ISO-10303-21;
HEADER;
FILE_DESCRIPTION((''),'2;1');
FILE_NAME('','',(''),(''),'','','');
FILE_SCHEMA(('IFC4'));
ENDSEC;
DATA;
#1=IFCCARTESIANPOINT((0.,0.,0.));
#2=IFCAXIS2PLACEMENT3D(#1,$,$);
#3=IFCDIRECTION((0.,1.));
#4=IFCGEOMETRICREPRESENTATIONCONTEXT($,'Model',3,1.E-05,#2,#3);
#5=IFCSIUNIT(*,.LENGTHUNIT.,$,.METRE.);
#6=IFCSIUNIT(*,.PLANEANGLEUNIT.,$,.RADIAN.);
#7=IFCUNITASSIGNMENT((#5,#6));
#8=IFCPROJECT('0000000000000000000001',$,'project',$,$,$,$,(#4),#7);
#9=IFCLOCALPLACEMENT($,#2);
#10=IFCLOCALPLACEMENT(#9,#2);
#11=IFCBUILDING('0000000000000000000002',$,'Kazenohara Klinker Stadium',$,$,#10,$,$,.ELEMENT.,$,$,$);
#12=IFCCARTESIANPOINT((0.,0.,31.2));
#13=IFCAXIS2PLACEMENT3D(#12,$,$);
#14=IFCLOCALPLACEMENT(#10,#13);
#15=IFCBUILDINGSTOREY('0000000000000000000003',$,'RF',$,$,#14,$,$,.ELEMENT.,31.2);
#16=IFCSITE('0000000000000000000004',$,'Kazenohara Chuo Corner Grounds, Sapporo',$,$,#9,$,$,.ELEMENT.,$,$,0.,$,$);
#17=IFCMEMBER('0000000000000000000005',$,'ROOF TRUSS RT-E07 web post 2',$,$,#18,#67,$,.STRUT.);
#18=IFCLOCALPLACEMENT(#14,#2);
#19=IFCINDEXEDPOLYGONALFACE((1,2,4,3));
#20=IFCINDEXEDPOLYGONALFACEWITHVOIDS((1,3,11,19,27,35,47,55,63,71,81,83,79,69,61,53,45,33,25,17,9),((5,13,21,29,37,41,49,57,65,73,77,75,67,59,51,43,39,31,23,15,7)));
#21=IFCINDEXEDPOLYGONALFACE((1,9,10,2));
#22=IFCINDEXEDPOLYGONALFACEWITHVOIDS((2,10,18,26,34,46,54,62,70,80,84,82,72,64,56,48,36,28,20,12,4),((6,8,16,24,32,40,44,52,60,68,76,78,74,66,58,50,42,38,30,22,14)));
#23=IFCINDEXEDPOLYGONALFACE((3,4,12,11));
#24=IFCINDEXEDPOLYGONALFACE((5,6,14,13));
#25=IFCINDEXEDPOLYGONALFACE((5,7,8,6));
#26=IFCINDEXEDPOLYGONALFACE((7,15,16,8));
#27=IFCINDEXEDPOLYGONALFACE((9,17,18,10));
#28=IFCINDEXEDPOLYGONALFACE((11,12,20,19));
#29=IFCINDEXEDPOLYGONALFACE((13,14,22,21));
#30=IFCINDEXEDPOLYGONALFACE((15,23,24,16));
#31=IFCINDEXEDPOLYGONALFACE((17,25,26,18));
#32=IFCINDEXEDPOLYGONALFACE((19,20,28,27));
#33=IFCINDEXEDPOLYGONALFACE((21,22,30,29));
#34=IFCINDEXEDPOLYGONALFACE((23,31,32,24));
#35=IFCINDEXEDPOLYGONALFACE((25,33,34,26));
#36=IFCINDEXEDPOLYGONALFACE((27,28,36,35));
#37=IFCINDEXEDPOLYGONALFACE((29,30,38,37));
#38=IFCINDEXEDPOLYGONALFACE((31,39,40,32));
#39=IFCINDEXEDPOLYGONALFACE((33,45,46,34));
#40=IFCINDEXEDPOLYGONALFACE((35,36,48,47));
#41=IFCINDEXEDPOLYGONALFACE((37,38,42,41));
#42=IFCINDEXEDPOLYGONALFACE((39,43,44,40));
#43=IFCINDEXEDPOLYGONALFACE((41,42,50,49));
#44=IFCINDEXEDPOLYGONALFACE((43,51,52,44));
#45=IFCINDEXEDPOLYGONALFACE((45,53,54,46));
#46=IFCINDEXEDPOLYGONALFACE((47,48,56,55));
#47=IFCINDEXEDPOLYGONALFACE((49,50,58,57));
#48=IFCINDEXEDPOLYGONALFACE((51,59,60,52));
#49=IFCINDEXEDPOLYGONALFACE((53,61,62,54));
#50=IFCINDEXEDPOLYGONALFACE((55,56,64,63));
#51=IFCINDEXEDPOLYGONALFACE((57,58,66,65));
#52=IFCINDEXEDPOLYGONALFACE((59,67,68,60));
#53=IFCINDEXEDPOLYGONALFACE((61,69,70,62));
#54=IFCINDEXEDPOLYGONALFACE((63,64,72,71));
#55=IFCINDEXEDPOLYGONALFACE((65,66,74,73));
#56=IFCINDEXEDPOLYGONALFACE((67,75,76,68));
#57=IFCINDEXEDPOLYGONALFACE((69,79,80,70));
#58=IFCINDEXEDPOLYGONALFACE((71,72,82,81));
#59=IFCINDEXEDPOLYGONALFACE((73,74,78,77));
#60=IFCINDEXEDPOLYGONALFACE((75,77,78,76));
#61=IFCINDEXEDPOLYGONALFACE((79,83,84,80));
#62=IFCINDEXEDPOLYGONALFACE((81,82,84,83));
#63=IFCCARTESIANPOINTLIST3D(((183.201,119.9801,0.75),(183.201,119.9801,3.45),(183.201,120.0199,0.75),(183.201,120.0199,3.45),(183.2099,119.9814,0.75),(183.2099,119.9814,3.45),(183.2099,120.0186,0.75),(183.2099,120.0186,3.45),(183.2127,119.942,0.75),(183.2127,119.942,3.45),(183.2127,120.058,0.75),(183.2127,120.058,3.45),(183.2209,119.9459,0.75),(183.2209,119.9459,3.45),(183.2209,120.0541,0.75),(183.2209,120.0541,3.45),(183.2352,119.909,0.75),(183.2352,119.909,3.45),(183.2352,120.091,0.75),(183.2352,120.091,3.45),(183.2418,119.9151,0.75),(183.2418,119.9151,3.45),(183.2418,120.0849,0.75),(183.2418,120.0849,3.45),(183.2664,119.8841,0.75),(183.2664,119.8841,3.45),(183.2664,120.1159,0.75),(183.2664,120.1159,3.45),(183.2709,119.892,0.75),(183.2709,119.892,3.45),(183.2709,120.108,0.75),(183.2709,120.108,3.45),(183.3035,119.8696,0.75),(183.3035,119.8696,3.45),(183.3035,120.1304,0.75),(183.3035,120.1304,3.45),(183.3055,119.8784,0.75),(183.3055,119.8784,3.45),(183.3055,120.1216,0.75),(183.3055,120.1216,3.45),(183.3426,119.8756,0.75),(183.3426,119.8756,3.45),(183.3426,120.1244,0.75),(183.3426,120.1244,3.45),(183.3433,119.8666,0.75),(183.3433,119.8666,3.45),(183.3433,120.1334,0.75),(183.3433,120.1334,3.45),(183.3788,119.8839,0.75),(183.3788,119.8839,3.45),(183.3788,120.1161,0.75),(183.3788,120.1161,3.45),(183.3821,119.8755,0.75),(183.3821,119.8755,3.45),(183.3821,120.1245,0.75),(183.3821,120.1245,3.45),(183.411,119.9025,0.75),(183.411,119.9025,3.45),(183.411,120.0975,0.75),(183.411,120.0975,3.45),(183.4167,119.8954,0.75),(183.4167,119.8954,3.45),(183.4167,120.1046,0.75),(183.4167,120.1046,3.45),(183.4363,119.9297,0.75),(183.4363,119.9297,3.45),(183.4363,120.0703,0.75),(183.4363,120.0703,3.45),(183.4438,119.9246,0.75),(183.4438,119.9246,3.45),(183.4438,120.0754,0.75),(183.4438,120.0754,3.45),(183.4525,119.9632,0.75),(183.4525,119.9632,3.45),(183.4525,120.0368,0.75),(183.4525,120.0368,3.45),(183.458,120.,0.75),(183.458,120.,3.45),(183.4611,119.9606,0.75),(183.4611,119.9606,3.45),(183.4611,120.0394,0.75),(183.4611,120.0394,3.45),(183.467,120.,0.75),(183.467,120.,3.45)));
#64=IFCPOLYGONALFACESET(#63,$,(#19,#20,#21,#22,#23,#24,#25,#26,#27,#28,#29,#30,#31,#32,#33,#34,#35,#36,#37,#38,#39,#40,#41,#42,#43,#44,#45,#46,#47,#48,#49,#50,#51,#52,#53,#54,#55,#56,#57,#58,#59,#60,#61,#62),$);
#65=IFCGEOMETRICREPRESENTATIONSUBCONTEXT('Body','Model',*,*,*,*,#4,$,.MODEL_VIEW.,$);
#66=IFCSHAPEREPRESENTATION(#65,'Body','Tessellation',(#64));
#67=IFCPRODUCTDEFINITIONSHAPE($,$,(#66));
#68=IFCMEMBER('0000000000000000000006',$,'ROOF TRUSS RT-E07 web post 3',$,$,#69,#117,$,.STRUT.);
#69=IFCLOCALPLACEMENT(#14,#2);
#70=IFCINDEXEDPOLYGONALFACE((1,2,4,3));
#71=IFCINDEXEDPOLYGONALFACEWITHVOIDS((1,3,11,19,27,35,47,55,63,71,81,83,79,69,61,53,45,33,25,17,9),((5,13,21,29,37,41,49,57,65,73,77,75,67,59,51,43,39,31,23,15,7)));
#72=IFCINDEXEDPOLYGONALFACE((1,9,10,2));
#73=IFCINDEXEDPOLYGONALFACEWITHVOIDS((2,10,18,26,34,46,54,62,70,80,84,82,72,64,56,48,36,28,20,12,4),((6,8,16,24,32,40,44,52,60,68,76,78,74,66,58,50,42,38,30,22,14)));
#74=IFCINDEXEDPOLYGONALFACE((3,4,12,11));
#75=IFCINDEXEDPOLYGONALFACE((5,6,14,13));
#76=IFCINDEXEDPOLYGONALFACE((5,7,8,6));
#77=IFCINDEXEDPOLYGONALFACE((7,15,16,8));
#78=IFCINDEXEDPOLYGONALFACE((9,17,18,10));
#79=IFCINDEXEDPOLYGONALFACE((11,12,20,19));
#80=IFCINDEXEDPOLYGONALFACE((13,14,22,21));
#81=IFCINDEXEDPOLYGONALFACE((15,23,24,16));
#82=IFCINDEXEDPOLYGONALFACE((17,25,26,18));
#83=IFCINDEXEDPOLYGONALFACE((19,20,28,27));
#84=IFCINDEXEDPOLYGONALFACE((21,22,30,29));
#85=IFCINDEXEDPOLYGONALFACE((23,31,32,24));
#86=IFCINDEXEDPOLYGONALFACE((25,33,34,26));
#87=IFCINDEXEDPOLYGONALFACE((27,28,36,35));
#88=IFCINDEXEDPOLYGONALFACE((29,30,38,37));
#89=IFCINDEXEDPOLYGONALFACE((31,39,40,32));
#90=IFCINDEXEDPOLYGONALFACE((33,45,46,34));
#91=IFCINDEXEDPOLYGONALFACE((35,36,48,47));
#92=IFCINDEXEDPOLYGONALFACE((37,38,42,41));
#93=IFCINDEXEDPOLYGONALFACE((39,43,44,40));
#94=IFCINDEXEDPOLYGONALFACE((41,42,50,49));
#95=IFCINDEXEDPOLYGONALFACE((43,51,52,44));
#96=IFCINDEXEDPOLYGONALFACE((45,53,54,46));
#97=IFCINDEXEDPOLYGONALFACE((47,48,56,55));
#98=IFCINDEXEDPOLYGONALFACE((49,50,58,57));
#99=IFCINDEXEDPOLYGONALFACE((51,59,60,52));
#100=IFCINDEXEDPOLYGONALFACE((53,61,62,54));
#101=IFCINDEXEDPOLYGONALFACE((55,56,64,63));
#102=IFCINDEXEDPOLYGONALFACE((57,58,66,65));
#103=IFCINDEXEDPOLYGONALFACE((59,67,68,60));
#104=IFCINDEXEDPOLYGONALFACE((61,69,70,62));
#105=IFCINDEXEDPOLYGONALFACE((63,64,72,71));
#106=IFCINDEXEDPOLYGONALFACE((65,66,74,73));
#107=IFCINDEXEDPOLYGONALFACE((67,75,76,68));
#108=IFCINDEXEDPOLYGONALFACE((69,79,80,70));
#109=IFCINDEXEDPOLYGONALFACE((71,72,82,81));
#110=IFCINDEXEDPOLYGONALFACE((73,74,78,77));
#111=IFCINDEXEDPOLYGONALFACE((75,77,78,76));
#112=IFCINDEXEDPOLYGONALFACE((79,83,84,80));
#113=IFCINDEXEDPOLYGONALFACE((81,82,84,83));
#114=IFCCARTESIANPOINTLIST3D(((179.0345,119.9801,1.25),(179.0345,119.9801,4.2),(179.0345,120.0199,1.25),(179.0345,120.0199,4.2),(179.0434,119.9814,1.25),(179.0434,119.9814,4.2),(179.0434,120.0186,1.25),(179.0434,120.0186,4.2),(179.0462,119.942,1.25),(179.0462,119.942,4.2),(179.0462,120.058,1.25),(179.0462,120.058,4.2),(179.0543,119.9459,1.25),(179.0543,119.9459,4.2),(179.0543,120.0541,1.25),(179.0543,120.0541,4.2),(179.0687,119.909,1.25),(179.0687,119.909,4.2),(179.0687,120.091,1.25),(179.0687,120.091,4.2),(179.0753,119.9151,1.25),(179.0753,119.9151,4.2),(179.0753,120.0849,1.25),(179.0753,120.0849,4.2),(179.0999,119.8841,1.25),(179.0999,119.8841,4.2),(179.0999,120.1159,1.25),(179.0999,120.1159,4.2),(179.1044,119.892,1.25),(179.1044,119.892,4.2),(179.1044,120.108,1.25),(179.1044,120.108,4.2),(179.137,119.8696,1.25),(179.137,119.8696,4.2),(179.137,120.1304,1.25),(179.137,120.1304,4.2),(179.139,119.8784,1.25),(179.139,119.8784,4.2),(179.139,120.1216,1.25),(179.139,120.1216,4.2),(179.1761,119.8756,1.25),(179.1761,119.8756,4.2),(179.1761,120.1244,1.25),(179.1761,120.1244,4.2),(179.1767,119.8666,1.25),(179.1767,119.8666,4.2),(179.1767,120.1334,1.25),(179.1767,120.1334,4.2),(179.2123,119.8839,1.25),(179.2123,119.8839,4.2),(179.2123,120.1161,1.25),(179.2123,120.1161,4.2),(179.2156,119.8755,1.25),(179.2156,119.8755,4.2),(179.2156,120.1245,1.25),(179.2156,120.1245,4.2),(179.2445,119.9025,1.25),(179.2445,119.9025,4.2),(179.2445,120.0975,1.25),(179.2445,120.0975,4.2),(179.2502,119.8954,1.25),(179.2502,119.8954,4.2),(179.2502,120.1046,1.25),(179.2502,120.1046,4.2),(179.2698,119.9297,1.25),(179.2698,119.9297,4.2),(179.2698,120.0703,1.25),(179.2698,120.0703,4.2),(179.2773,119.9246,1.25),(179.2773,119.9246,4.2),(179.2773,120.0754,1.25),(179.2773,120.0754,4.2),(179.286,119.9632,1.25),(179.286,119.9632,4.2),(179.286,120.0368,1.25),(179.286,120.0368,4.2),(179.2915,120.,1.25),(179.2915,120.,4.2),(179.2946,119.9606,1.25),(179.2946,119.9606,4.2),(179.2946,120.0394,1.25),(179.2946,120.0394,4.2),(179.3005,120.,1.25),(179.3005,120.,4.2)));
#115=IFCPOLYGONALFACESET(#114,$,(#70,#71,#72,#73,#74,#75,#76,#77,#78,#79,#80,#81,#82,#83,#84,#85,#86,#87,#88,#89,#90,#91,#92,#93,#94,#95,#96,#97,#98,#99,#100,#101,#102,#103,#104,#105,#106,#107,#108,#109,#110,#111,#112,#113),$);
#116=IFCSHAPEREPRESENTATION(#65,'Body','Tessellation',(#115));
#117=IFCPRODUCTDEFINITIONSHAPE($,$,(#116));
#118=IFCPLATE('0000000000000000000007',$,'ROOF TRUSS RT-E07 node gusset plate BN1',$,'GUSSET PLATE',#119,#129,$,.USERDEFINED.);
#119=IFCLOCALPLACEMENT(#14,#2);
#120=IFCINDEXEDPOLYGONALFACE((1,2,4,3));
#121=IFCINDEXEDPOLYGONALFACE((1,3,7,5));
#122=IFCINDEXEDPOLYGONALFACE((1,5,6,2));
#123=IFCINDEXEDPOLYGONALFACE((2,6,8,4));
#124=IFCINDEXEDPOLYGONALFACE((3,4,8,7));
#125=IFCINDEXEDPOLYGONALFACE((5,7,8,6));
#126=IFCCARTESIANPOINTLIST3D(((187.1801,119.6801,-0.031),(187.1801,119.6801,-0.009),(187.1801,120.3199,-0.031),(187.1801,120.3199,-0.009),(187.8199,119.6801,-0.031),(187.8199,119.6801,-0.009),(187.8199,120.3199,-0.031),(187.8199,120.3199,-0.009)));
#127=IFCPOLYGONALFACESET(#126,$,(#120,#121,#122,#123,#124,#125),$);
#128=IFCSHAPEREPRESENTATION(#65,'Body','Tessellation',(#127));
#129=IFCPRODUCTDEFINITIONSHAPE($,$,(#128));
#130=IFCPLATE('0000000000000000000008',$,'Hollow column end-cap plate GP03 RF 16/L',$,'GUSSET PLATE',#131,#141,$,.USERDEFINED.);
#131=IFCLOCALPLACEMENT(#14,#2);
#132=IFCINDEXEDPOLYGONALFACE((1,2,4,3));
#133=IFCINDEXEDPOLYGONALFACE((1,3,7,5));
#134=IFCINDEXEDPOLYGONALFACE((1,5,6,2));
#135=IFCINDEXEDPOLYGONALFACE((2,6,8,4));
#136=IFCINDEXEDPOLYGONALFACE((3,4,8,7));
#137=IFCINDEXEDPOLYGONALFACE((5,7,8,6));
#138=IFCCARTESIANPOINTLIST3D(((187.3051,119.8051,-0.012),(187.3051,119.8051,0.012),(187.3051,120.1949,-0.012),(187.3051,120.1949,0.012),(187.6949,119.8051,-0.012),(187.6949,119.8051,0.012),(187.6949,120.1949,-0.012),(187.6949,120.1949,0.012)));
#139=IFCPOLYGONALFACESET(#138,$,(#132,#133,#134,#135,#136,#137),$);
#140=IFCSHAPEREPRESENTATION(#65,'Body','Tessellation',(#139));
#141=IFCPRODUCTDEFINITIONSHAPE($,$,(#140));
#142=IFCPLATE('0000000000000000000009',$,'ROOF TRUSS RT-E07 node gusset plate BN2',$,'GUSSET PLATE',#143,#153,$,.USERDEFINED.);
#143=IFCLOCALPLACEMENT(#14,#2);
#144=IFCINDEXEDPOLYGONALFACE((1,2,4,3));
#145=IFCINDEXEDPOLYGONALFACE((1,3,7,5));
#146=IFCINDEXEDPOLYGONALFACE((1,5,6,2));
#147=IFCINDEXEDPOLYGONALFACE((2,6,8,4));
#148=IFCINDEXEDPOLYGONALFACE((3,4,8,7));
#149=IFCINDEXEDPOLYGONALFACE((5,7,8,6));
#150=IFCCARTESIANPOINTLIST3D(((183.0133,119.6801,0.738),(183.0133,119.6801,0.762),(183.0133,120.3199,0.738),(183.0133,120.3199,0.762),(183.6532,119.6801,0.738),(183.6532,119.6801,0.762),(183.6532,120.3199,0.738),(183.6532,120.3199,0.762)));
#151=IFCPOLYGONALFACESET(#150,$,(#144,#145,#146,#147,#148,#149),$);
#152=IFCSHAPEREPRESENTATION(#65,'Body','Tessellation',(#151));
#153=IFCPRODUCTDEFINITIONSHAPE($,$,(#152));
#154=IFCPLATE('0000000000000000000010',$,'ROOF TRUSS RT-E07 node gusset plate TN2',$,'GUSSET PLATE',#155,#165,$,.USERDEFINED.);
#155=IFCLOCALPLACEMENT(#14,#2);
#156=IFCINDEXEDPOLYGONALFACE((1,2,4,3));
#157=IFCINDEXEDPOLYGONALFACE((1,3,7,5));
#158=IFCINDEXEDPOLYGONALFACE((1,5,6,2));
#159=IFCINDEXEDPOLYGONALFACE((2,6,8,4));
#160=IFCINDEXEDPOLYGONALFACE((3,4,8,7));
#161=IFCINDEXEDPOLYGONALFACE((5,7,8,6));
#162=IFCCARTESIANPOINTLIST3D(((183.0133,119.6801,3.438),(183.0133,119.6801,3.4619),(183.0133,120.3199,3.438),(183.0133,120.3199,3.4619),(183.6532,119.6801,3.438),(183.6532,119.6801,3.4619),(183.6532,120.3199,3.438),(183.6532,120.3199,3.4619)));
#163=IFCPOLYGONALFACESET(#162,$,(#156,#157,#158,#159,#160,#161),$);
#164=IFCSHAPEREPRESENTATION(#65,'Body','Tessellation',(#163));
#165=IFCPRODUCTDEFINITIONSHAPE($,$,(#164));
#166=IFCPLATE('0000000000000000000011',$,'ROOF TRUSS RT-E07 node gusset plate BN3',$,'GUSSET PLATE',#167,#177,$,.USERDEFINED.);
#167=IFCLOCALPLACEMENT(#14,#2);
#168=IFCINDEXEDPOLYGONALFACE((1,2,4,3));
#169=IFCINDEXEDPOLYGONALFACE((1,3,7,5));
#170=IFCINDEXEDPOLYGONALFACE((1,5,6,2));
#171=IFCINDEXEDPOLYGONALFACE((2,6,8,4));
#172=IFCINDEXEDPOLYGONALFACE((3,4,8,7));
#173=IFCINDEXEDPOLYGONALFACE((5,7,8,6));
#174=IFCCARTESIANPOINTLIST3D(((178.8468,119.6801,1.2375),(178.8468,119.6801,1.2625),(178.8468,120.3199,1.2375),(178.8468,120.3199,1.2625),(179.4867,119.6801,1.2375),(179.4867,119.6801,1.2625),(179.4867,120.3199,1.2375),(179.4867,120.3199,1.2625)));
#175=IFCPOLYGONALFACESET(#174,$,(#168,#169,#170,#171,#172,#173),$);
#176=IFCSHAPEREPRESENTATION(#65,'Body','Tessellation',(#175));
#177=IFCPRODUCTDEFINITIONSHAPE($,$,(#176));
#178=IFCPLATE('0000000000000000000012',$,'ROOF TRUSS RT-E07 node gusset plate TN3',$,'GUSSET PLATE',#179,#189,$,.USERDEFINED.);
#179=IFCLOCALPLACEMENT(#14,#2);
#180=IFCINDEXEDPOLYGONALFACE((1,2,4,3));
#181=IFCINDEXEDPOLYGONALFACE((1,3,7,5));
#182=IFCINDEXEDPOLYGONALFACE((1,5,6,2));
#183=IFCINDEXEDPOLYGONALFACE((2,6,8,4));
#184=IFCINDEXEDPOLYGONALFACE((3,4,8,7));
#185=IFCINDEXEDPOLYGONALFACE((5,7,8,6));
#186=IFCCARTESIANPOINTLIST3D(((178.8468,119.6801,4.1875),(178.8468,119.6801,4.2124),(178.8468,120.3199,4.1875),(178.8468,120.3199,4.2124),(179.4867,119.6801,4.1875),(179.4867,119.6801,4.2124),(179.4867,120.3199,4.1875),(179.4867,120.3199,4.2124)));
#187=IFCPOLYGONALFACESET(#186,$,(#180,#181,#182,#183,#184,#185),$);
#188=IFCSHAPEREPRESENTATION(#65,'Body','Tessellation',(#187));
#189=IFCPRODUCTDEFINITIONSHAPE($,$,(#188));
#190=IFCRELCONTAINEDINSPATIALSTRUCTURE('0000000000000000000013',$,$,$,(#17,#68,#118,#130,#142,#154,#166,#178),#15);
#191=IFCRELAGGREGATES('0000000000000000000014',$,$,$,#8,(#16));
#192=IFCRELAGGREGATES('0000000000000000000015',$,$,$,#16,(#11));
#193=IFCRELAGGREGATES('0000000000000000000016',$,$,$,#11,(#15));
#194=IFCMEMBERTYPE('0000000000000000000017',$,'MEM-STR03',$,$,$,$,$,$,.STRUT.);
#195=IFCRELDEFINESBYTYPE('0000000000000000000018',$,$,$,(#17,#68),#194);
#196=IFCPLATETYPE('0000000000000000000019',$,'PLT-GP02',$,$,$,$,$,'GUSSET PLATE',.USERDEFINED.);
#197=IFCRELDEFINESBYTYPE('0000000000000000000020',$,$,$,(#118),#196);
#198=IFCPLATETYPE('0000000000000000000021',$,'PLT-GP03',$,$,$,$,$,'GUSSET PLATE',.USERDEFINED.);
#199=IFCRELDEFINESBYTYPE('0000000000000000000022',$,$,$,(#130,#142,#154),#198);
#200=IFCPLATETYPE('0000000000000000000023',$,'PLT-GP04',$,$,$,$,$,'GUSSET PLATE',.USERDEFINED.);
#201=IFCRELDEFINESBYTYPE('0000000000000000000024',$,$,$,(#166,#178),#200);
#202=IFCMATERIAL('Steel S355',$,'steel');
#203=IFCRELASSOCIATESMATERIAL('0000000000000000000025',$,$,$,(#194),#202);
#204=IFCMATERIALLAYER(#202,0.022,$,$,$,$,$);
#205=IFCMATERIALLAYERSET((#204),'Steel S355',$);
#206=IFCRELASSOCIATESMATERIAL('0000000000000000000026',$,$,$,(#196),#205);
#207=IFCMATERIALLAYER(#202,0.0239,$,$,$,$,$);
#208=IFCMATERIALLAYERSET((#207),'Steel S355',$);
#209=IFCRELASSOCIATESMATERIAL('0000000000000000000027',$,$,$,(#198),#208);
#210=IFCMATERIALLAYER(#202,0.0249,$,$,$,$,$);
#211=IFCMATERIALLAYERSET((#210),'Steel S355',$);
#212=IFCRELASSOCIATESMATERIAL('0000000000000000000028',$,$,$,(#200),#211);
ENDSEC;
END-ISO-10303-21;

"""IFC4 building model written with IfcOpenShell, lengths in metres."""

from ifc_helpers import new_model, si_unit, direction, frame, origin, origin_2d, place, context, subcontext, project, spatial, rectangle, hollow_circle, extrude, material, layer, layer_set, material_profile, profile_set, type_object, element, save


model = new_model("IFC4")

# Units and contexts
model_context = context("Model", 3, precision=1e-05, world=origin(), true_north=direction((0.0, 1.0)))
body_context = subcontext(model_context, "Body", "Model", "MODEL_VIEW")
ifc_project = project(units=[si_unit("LENGTHUNIT", "METRE"), si_unit("PLANEANGLEUNIT", "RADIAN")], contexts=[model_context])

# Site, building, storey
site_placement = place(None, origin())
site = spatial("IfcSite", under=ifc_project, at=site_placement, Name="Kazenohara Chuo Corner Grounds, Sapporo", CompositionType="ELEMENT", RefElevation=0.0)
building_placement = place(site_placement, origin())
building = spatial("IfcBuilding", under=site, at=building_placement, Name="Kazenohara Klinker Stadium", CompositionType="ELEMENT")
storey_placement = place(building_placement, frame((0.0, 0.0, 31.2)))
storey = spatial("IfcBuildingStorey", under=building, at=storey_placement, Name="RF", CompositionType="ELEMENT", Elevation=31.2)

# Members
ifc_material_1 = material(Name="Steel S355", Category="steel")
ifc_material_profile_1 = material_profile(ifc_material_1, hollow_circle(Radius=0.1338, WallThickness=0.009, at=origin_2d()), Name="CHS-267.4x9")
ifc_profile_set_1 = profile_set([ifc_material_profile_1], Name="Steel S355")
member_type_1 = type_object("IfcMemberType", Name="MEM-STR03", PredefinedType="STRUT", material=ifc_profile_set_1)
member_1_placement = place(storey_placement, frame((183.3333, 120.0, 0.75), z_axis=(0.0, 0.0, 1.0), x_axis=(1.0, 0.0, 0.0)))
element("IfcMember", 1, at=member_1_placement, inside=storey, type_object=member_type_1, Name="ROOF TRUSS RT-E07 web post 2", PredefinedType="STRUT", context=body_context, shape_type="SweptSolid", body=[
    extrude(hollow_circle(Radius=0.1338, WallThickness=0.009, at=origin_2d()), origin(), (0.0, 0.0, 1.0), 2.7),
])
member_2_placement = place(storey_placement, frame((179.1667, 120.0, 1.25), z_axis=(0.0, 0.0, 1.0), x_axis=(1.0, 0.0, 0.0)))
element("IfcMember", 2, at=member_2_placement, inside=storey, type_object=member_type_1, Name="ROOF TRUSS RT-E07 web post 3", PredefinedType="STRUT", context=body_context, shape_type="SweptSolid", body=[
    extrude(hollow_circle(Radius=0.1338, WallThickness=0.009, at=origin_2d()), origin(), (0.0, 0.0, 1.0), 2.95),
])

# Plates
ifc_layer_1 = layer(ifc_material_1, 0.022)
ifc_layer_set_1 = layer_set([ifc_layer_1], Name="Steel S355")
plate_type_1 = type_object("IfcPlateType", Name="PLT-GP02", ElementType="GUSSET PLATE", PredefinedType="USERDEFINED", material=ifc_layer_set_1)
plate_1_placement = place(storey_placement, frame((187.5, 120.0, -0.031), z_axis=(0.0, 0.0, 1.0), x_axis=(1.0, 0.0, 0.0)))
element("IfcPlate", 3, at=plate_1_placement, inside=storey, type_object=plate_type_1, Name="ROOF TRUSS RT-E07 node gusset plate BN1", ObjectType="GUSSET PLATE", PredefinedType="USERDEFINED", context=body_context, shape_type="SweptSolid", body=[
    extrude(rectangle(XDim=0.6399, YDim=0.6399, at=origin_2d()), origin(), (0.0, 0.0, 1.0), 0.022),
])
ifc_layer_2 = layer(ifc_material_1, 0.0239)
ifc_layer_set_2 = layer_set([ifc_layer_2], Name="Steel S355")
plate_type_2 = type_object("IfcPlateType", Name="PLT-GP03", ElementType="GUSSET PLATE", PredefinedType="USERDEFINED", material=ifc_layer_set_2)
plate_2_placement = place(storey_placement, frame((187.5, 120.0, -0.012), z_axis=(0.0, 0.0, 1.0), x_axis=(1.0, 0.0, 0.0)))
element("IfcPlate", 4, at=plate_2_placement, inside=storey, type_object=plate_type_2, Name="Hollow column end-cap plate GP03 RF 16/L", ObjectType="GUSSET PLATE", PredefinedType="USERDEFINED", context=body_context, shape_type="SweptSolid", body=[
    extrude(rectangle(XDim=0.3899, YDim=0.3899, at=origin_2d()), origin(), (0.0, 0.0, 1.0), 0.0239),
])
for number, where, z_axis, x_axis, name in (
    (5, (183.3333, 120.0, 0.738), (0.0, 0.0, 1.0), (1.0, 0.0, 0.0), "ROOF TRUSS RT-E07 node gusset plate BN2"),
    (6, (183.3333, 120.0, 3.438), (0.0, 0.0, 1.0), (1.0, 0.0, 0.0), "ROOF TRUSS RT-E07 node gusset plate TN2"),
):
    element("IfcPlate", number, at=place(storey_placement, frame(where, z_axis=z_axis, x_axis=x_axis)), inside=storey, type_object=plate_type_2, Name=name, ObjectType="GUSSET PLATE", PredefinedType="USERDEFINED", context=body_context, shape_type="SweptSolid", body=[
        extrude(rectangle(XDim=0.6399, YDim=0.6399, at=origin_2d()), origin(), (0.0, 0.0, 1.0), 0.0239),
    ])
ifc_layer_3 = layer(ifc_material_1, 0.0249)
ifc_layer_set_3 = layer_set([ifc_layer_3], Name="Steel S355")
plate_type_3 = type_object("IfcPlateType", Name="PLT-GP04", ElementType="GUSSET PLATE", PredefinedType="USERDEFINED", material=ifc_layer_set_3)
for number, where, z_axis, x_axis, name in (
    (7, (179.1667, 120.0, 1.2375), (0.0, 0.0, 1.0), (1.0, 0.0, 0.0), "ROOF TRUSS RT-E07 node gusset plate BN3"),
    (8, (179.1667, 120.0, 4.1875), (0.0, 0.0, 1.0), (1.0, 0.0, 0.0), "ROOF TRUSS RT-E07 node gusset plate TN3"),
):
    element("IfcPlate", number, at=place(storey_placement, frame(where, z_axis=z_axis, x_axis=x_axis)), inside=storey, type_object=plate_type_3, Name=name, ObjectType="GUSSET PLATE", PredefinedType="USERDEFINED", context=body_context, shape_type="SweptSolid", body=[
        extrude(rectangle(XDim=0.6399, YDim=0.6399, at=origin_2d()), origin(), (0.0, 0.0, 1.0), 0.0249),
    ])

save(model, "model.ifc")
